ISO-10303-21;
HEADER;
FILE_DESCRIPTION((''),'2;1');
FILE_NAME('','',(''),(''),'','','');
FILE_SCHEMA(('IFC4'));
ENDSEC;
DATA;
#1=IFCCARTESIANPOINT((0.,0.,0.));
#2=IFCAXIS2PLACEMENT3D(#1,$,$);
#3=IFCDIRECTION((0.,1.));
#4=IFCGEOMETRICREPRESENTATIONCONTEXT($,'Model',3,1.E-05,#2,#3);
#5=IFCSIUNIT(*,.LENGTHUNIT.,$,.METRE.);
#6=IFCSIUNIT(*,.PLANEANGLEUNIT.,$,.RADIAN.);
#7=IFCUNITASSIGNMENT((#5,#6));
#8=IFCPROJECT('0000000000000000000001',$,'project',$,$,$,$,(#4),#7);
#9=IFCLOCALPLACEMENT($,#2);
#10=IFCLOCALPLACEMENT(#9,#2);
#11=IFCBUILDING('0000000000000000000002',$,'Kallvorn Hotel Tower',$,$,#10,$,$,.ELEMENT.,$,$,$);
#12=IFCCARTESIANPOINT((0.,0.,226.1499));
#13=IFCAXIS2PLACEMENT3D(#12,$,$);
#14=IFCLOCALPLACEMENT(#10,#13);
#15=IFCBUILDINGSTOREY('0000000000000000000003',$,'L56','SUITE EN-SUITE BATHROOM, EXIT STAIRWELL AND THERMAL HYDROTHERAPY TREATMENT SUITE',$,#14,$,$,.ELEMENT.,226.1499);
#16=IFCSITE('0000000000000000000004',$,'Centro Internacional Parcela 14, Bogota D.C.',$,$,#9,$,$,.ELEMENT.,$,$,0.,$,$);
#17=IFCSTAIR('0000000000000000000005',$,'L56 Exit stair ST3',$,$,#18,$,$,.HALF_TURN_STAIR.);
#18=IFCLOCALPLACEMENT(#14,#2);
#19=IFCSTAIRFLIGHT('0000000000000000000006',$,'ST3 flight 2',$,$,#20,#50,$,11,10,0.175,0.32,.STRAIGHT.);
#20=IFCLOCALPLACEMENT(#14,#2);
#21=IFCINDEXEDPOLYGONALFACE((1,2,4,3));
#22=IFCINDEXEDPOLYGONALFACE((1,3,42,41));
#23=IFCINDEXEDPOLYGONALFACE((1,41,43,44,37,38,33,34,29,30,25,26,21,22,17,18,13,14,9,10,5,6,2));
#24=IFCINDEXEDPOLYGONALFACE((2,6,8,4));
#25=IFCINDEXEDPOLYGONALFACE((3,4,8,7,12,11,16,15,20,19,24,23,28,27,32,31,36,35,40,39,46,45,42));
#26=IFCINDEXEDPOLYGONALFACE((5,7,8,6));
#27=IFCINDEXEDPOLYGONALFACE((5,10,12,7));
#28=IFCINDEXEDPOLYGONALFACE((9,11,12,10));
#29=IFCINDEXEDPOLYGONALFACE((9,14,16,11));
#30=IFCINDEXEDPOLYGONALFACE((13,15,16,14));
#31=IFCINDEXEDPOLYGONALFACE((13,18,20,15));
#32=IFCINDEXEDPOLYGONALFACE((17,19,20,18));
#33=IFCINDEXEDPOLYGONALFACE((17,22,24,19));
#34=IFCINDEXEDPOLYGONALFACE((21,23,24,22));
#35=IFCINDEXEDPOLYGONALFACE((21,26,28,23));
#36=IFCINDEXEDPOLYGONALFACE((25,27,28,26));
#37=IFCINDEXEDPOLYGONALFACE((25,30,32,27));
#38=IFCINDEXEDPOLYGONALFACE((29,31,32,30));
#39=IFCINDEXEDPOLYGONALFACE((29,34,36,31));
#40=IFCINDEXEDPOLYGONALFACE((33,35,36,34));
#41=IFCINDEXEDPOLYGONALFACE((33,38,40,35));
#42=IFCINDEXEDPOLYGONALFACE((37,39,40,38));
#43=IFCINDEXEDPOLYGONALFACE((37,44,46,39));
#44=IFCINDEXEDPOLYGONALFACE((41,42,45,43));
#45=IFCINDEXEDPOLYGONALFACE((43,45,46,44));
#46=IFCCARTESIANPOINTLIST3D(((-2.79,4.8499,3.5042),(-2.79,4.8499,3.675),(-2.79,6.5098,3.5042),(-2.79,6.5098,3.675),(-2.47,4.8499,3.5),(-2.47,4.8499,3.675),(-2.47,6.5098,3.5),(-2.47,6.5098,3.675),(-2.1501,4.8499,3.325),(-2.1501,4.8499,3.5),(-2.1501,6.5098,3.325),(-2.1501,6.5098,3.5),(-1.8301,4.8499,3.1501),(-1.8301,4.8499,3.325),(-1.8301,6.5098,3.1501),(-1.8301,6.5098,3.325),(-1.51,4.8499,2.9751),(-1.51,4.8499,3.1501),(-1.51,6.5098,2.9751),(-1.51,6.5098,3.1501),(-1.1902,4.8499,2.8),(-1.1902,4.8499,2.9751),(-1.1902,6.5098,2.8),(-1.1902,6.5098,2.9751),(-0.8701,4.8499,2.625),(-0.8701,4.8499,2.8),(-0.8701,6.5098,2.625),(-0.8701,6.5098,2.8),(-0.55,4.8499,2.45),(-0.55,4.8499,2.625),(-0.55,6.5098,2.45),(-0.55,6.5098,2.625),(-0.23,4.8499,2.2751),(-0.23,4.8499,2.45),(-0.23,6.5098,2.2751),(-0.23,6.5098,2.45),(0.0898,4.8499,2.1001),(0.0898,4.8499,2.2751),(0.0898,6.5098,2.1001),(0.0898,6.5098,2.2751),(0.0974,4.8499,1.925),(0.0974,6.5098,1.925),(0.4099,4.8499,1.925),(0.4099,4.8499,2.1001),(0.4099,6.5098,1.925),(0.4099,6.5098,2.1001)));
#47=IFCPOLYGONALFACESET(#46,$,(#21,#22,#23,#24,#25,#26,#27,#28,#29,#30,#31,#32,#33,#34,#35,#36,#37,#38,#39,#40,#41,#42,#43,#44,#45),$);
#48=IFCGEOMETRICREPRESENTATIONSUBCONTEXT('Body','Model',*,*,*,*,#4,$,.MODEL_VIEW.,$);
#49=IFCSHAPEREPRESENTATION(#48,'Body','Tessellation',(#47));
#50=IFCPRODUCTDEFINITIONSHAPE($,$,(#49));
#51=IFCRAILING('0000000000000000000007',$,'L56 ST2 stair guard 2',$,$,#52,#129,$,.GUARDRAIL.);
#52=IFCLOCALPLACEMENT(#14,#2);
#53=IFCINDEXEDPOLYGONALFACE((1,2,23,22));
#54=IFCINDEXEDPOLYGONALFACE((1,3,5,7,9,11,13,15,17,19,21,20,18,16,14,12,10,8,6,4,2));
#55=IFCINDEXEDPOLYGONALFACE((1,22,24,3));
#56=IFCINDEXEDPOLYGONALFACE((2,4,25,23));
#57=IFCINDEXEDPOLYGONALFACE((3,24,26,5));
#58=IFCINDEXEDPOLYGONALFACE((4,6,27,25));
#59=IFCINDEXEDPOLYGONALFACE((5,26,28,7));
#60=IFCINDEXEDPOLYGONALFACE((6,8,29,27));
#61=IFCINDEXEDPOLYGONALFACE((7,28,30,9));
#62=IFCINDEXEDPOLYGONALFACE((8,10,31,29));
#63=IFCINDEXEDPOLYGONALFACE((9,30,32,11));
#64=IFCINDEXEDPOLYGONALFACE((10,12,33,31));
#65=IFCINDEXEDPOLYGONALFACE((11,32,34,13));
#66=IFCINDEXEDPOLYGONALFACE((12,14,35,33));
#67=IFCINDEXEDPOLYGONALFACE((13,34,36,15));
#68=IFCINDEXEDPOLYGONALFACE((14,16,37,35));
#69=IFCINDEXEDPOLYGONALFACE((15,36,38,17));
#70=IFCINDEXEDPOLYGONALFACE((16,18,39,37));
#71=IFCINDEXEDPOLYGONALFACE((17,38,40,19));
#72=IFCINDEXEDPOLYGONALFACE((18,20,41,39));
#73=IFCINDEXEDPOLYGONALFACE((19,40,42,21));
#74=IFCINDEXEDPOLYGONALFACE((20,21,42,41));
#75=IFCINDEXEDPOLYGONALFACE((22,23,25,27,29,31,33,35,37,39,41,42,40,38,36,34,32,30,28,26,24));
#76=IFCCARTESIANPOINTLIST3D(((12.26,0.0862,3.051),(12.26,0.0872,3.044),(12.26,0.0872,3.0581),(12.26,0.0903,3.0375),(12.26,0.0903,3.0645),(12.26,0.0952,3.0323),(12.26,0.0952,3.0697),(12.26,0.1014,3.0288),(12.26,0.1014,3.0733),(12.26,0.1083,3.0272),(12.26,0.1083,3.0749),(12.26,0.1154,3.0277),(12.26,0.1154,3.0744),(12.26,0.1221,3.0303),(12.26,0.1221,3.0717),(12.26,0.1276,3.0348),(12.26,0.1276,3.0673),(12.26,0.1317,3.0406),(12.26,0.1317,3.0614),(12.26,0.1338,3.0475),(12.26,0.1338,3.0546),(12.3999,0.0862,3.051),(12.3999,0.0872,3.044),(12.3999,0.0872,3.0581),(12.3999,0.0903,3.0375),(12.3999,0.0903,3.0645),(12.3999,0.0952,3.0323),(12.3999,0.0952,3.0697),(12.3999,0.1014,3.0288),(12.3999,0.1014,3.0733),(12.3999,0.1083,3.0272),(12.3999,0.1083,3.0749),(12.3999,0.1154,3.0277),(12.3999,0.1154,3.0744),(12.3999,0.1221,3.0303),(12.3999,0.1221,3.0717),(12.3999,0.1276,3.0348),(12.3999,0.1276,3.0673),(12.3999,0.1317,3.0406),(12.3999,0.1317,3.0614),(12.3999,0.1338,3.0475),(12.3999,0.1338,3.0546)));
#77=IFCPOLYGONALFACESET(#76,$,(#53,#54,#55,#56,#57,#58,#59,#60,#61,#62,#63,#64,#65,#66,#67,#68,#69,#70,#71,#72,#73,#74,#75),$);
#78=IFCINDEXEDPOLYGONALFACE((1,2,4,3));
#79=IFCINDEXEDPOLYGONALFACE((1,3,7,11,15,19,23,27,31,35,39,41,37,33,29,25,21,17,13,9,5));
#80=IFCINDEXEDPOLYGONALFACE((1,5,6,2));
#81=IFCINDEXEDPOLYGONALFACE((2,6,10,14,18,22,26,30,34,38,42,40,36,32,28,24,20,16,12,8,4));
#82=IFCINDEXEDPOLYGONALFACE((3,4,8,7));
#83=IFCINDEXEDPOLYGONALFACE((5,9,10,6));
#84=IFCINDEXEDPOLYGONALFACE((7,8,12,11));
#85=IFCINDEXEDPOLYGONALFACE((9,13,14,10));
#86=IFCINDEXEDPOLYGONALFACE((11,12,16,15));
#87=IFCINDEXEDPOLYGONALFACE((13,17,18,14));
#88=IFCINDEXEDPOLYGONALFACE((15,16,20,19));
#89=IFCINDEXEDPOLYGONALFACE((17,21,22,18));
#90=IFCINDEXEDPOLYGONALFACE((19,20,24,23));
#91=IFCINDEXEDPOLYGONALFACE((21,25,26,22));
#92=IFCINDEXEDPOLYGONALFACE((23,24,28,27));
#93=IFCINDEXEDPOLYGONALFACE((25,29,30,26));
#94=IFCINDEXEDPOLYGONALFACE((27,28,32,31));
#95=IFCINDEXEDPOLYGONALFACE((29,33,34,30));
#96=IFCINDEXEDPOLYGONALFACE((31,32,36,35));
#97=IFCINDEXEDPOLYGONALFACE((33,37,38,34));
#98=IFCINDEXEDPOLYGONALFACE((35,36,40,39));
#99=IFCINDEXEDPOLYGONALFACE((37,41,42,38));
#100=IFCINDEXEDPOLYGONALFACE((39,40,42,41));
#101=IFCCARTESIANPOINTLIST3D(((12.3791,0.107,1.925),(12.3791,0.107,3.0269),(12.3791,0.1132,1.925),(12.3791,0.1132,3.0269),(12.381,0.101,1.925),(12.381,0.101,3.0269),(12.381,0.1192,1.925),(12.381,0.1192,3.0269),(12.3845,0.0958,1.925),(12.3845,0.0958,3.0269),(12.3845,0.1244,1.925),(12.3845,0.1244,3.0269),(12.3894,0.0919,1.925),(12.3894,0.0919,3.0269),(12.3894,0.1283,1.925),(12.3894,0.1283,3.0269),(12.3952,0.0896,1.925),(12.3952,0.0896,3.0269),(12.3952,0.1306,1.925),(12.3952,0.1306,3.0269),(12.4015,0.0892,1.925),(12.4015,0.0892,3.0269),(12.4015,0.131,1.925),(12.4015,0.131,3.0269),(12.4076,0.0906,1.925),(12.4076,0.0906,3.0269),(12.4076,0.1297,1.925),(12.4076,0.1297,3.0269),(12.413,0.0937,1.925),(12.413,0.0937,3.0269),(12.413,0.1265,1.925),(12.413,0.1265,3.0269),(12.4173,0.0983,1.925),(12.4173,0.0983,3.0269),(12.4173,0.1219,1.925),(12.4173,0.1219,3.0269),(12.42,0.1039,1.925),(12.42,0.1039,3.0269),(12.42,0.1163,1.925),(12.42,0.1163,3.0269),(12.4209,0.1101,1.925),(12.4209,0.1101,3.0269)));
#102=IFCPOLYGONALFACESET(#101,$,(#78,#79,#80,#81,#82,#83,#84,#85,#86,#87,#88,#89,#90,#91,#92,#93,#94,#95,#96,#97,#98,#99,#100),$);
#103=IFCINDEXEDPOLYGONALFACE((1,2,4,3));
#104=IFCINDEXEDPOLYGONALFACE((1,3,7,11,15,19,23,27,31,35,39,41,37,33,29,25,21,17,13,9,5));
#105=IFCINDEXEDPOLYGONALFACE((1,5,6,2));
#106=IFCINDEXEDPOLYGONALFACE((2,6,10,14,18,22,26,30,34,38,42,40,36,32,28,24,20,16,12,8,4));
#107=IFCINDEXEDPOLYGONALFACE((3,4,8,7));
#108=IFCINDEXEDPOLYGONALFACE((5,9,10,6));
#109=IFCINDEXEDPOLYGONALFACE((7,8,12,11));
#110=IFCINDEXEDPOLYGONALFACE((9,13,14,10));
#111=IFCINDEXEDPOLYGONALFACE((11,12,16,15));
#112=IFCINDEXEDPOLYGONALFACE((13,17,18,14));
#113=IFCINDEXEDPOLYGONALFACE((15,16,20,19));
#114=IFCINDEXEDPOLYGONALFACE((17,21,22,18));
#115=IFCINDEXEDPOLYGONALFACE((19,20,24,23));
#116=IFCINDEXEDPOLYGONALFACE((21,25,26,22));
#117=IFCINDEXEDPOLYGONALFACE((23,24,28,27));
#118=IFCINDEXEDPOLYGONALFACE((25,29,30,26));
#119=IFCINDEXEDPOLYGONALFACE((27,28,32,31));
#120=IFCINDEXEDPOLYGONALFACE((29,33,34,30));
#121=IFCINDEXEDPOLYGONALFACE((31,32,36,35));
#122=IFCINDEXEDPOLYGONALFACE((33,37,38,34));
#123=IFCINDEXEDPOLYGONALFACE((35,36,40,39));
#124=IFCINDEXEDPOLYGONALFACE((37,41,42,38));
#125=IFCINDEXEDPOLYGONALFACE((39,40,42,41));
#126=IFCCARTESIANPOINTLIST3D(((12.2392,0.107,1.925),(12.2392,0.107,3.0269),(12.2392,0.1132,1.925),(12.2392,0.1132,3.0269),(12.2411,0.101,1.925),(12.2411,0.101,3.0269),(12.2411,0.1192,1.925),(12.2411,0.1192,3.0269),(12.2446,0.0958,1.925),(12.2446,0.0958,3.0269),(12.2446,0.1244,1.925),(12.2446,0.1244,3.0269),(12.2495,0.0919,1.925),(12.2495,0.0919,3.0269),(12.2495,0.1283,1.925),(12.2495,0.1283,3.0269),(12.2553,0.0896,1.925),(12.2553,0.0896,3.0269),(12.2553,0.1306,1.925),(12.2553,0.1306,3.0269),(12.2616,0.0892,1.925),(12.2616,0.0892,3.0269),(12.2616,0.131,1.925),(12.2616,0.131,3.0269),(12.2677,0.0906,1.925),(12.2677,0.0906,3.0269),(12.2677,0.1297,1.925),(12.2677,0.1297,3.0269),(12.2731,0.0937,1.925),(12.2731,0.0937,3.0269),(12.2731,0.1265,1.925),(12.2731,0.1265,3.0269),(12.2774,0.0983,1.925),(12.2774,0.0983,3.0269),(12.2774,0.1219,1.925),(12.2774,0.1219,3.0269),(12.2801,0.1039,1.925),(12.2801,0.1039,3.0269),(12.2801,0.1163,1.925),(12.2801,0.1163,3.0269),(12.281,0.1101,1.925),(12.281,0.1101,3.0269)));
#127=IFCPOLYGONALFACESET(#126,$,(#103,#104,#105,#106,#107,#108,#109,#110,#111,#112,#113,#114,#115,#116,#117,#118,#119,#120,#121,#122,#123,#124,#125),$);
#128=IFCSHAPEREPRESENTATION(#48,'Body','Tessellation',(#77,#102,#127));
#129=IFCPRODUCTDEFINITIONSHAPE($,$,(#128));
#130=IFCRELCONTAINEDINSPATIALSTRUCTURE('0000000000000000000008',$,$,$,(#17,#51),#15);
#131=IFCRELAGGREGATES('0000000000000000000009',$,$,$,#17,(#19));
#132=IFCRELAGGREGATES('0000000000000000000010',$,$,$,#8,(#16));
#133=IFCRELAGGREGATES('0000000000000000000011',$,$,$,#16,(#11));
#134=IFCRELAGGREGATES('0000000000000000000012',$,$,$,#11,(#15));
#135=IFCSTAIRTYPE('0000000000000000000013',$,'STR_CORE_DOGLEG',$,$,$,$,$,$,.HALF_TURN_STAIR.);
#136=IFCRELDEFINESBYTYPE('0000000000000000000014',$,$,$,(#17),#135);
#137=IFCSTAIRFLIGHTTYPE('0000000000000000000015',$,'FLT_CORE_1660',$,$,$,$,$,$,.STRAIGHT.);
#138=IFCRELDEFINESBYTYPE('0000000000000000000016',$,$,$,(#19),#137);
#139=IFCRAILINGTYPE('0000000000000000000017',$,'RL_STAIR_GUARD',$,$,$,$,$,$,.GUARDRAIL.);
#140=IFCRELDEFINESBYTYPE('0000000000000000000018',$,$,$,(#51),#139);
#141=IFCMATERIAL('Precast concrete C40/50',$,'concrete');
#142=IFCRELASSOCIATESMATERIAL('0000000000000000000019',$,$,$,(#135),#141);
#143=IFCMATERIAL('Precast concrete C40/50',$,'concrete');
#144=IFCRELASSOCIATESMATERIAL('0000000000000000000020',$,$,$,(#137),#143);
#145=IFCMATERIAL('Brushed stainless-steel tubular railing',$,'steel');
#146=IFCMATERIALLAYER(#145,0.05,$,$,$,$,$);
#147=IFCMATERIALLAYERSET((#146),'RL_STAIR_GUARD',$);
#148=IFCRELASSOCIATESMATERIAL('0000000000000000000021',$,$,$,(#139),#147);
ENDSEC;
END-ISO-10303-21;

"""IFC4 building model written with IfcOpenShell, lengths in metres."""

from ifc_helpers import new_model, si_unit, direction, frame, origin, origin_2d, place, context, subcontext, project, spatial, polyline, circle, outline, extrude, material, layer, layer_set, type_object, element, aggregate, save


model = new_model("IFC4")

# Units and contexts
model_context = context("Model", 3, precision=1e-05, world=origin(), true_north=direction((0.0, 1.0)))
body_context = subcontext(model_context, "Body", "Model", "MODEL_VIEW")
ifc_project = project(units=[si_unit("LENGTHUNIT", "METRE"), si_unit("PLANEANGLEUNIT", "RADIAN")], contexts=[model_context])

# Site, building, storey
site_placement = place(None, origin())
site = spatial("IfcSite", under=ifc_project, at=site_placement, Name="Centro Internacional Parcela 14, Bogota D.C.", CompositionType="ELEMENT", RefElevation=0.0)
building_placement = place(site_placement, origin())
building = spatial("IfcBuilding", under=site, at=building_placement, Name="Kallvorn Hotel Tower", CompositionType="ELEMENT")
storey_placement = place(building_placement, frame((0.0, 0.0, 226.1499)))
storey = spatial("IfcBuildingStorey", under=building, at=storey_placement, Name="L56", Description="SUITE EN-SUITE BATHROOM, EXIT STAIRWELL AND THERMAL HYDROTHERAPY TREATMENT SUITE", CompositionType="ELEMENT", Elevation=226.1499)

# Stair, stair flight
ifc_material_1 = material(Name="Precast concrete C40/50", Category="concrete")
stair_type = type_object("IfcStairType", Name="STR_CORE_DOGLEG", PredefinedType="HALF_TURN_STAIR", material=ifc_material_1)
stair_placement = place(storey_placement, origin())
stair = element("IfcStair", 1, at=stair_placement, inside=storey, type_object=stair_type, Name="L56 Exit stair ST3", PredefinedType="HALF_TURN_STAIR")
ifc_material_2 = material(Name="Precast concrete C40/50", Category="concrete")
stair_flight_type = type_object("IfcStairFlightType", Name="FLT_CORE_1660", PredefinedType="STRAIGHT", material=ifc_material_2)
stair_flight_placement = place(storey_placement, frame((0.4099, 5.6799, 1.925), z_axis=(0.0, 0.0, 1.0), x_axis=(-1.0, 0.0, 0.0)))
stair_flight = element("IfcStairFlight", 2, at=stair_flight_placement, type_object=stair_flight_type, Name="ST3 flight 2", NumberOfRisers=11, NumberOfTreads=10, PredefinedType="STRAIGHT", RiserHeight=0.175, TreadLength=0.32, context=body_context, shape_type="SweptSolid", body=[
    extrude(outline(polyline([(0.0, 0.0), (0.0, 0.175), (0.3201, 0.175), (0.3201, 0.3501), (0.6399, 0.3501), (0.6399, 0.5249), (0.96, 0.5249), (0.96, 0.7), (1.28, 0.7), (1.28, 0.875), (1.6001, 0.875), (1.6001, 1.05), (1.9199, 1.05), (1.9199, 1.2251), (2.24, 1.2251), (2.24, 1.3999), (2.5601, 1.3999), (2.5601, 1.575), (2.8799, 1.575), (2.8799, 1.75), (3.2, 1.75), (3.2, 1.925), (3.2, 1.5791), (0.3125, 0.0), (0.0, 0.0)])), frame((0.0, 0.8301, 0.0), z_axis=(0.0, -1.0, 0.0), x_axis=(1.0, 0.0, 0.0)), (0.0, 0.0, 1.0), 1.6599),
])
aggregate(stair, [stair_flight])

# Railing
ifc_material_3 = material(Name="Brushed stainless-steel tubular railing", Category="steel")
ifc_layer_1 = layer(ifc_material_3, 0.05)
ifc_layer_set_1 = layer_set([ifc_layer_1], Name="RL_STAIR_GUARD")
railing_type_1 = type_object("IfcRailingType", Name="RL_STAIR_GUARD", PredefinedType="GUARDRAIL", material=ifc_layer_set_1)
railing_1_placement = place(storey_placement, frame((12.3999, 0.1101, 1.925)))
element("IfcRailing", 3, at=railing_1_placement, inside=storey, type_object=railing_type_1, Name="L56 ST2 stair guard 2", PredefinedType="GUARDRAIL", context=body_context, shape_type="SweptSolid", body=[
    extrude(circle(Radius=0.0239, at=origin_2d()), frame((0.0, 0.0, 1.126), z_axis=(-1.0, 0.0, 0.0), x_axis=(0.0, -1.0, 0.0)), (0.0, 0.0, 1.0), 0.1399),
    extrude(circle(Radius=0.021, at=origin_2d()), origin(), (0.0, 0.0, 1.0), 1.1018),
    extrude(circle(Radius=0.021, at=origin_2d()), frame((-0.1399, 0.0, 0.0)), (0.0, 0.0, 1.0), 1.1018),
])

save(model, "model.ifc")
